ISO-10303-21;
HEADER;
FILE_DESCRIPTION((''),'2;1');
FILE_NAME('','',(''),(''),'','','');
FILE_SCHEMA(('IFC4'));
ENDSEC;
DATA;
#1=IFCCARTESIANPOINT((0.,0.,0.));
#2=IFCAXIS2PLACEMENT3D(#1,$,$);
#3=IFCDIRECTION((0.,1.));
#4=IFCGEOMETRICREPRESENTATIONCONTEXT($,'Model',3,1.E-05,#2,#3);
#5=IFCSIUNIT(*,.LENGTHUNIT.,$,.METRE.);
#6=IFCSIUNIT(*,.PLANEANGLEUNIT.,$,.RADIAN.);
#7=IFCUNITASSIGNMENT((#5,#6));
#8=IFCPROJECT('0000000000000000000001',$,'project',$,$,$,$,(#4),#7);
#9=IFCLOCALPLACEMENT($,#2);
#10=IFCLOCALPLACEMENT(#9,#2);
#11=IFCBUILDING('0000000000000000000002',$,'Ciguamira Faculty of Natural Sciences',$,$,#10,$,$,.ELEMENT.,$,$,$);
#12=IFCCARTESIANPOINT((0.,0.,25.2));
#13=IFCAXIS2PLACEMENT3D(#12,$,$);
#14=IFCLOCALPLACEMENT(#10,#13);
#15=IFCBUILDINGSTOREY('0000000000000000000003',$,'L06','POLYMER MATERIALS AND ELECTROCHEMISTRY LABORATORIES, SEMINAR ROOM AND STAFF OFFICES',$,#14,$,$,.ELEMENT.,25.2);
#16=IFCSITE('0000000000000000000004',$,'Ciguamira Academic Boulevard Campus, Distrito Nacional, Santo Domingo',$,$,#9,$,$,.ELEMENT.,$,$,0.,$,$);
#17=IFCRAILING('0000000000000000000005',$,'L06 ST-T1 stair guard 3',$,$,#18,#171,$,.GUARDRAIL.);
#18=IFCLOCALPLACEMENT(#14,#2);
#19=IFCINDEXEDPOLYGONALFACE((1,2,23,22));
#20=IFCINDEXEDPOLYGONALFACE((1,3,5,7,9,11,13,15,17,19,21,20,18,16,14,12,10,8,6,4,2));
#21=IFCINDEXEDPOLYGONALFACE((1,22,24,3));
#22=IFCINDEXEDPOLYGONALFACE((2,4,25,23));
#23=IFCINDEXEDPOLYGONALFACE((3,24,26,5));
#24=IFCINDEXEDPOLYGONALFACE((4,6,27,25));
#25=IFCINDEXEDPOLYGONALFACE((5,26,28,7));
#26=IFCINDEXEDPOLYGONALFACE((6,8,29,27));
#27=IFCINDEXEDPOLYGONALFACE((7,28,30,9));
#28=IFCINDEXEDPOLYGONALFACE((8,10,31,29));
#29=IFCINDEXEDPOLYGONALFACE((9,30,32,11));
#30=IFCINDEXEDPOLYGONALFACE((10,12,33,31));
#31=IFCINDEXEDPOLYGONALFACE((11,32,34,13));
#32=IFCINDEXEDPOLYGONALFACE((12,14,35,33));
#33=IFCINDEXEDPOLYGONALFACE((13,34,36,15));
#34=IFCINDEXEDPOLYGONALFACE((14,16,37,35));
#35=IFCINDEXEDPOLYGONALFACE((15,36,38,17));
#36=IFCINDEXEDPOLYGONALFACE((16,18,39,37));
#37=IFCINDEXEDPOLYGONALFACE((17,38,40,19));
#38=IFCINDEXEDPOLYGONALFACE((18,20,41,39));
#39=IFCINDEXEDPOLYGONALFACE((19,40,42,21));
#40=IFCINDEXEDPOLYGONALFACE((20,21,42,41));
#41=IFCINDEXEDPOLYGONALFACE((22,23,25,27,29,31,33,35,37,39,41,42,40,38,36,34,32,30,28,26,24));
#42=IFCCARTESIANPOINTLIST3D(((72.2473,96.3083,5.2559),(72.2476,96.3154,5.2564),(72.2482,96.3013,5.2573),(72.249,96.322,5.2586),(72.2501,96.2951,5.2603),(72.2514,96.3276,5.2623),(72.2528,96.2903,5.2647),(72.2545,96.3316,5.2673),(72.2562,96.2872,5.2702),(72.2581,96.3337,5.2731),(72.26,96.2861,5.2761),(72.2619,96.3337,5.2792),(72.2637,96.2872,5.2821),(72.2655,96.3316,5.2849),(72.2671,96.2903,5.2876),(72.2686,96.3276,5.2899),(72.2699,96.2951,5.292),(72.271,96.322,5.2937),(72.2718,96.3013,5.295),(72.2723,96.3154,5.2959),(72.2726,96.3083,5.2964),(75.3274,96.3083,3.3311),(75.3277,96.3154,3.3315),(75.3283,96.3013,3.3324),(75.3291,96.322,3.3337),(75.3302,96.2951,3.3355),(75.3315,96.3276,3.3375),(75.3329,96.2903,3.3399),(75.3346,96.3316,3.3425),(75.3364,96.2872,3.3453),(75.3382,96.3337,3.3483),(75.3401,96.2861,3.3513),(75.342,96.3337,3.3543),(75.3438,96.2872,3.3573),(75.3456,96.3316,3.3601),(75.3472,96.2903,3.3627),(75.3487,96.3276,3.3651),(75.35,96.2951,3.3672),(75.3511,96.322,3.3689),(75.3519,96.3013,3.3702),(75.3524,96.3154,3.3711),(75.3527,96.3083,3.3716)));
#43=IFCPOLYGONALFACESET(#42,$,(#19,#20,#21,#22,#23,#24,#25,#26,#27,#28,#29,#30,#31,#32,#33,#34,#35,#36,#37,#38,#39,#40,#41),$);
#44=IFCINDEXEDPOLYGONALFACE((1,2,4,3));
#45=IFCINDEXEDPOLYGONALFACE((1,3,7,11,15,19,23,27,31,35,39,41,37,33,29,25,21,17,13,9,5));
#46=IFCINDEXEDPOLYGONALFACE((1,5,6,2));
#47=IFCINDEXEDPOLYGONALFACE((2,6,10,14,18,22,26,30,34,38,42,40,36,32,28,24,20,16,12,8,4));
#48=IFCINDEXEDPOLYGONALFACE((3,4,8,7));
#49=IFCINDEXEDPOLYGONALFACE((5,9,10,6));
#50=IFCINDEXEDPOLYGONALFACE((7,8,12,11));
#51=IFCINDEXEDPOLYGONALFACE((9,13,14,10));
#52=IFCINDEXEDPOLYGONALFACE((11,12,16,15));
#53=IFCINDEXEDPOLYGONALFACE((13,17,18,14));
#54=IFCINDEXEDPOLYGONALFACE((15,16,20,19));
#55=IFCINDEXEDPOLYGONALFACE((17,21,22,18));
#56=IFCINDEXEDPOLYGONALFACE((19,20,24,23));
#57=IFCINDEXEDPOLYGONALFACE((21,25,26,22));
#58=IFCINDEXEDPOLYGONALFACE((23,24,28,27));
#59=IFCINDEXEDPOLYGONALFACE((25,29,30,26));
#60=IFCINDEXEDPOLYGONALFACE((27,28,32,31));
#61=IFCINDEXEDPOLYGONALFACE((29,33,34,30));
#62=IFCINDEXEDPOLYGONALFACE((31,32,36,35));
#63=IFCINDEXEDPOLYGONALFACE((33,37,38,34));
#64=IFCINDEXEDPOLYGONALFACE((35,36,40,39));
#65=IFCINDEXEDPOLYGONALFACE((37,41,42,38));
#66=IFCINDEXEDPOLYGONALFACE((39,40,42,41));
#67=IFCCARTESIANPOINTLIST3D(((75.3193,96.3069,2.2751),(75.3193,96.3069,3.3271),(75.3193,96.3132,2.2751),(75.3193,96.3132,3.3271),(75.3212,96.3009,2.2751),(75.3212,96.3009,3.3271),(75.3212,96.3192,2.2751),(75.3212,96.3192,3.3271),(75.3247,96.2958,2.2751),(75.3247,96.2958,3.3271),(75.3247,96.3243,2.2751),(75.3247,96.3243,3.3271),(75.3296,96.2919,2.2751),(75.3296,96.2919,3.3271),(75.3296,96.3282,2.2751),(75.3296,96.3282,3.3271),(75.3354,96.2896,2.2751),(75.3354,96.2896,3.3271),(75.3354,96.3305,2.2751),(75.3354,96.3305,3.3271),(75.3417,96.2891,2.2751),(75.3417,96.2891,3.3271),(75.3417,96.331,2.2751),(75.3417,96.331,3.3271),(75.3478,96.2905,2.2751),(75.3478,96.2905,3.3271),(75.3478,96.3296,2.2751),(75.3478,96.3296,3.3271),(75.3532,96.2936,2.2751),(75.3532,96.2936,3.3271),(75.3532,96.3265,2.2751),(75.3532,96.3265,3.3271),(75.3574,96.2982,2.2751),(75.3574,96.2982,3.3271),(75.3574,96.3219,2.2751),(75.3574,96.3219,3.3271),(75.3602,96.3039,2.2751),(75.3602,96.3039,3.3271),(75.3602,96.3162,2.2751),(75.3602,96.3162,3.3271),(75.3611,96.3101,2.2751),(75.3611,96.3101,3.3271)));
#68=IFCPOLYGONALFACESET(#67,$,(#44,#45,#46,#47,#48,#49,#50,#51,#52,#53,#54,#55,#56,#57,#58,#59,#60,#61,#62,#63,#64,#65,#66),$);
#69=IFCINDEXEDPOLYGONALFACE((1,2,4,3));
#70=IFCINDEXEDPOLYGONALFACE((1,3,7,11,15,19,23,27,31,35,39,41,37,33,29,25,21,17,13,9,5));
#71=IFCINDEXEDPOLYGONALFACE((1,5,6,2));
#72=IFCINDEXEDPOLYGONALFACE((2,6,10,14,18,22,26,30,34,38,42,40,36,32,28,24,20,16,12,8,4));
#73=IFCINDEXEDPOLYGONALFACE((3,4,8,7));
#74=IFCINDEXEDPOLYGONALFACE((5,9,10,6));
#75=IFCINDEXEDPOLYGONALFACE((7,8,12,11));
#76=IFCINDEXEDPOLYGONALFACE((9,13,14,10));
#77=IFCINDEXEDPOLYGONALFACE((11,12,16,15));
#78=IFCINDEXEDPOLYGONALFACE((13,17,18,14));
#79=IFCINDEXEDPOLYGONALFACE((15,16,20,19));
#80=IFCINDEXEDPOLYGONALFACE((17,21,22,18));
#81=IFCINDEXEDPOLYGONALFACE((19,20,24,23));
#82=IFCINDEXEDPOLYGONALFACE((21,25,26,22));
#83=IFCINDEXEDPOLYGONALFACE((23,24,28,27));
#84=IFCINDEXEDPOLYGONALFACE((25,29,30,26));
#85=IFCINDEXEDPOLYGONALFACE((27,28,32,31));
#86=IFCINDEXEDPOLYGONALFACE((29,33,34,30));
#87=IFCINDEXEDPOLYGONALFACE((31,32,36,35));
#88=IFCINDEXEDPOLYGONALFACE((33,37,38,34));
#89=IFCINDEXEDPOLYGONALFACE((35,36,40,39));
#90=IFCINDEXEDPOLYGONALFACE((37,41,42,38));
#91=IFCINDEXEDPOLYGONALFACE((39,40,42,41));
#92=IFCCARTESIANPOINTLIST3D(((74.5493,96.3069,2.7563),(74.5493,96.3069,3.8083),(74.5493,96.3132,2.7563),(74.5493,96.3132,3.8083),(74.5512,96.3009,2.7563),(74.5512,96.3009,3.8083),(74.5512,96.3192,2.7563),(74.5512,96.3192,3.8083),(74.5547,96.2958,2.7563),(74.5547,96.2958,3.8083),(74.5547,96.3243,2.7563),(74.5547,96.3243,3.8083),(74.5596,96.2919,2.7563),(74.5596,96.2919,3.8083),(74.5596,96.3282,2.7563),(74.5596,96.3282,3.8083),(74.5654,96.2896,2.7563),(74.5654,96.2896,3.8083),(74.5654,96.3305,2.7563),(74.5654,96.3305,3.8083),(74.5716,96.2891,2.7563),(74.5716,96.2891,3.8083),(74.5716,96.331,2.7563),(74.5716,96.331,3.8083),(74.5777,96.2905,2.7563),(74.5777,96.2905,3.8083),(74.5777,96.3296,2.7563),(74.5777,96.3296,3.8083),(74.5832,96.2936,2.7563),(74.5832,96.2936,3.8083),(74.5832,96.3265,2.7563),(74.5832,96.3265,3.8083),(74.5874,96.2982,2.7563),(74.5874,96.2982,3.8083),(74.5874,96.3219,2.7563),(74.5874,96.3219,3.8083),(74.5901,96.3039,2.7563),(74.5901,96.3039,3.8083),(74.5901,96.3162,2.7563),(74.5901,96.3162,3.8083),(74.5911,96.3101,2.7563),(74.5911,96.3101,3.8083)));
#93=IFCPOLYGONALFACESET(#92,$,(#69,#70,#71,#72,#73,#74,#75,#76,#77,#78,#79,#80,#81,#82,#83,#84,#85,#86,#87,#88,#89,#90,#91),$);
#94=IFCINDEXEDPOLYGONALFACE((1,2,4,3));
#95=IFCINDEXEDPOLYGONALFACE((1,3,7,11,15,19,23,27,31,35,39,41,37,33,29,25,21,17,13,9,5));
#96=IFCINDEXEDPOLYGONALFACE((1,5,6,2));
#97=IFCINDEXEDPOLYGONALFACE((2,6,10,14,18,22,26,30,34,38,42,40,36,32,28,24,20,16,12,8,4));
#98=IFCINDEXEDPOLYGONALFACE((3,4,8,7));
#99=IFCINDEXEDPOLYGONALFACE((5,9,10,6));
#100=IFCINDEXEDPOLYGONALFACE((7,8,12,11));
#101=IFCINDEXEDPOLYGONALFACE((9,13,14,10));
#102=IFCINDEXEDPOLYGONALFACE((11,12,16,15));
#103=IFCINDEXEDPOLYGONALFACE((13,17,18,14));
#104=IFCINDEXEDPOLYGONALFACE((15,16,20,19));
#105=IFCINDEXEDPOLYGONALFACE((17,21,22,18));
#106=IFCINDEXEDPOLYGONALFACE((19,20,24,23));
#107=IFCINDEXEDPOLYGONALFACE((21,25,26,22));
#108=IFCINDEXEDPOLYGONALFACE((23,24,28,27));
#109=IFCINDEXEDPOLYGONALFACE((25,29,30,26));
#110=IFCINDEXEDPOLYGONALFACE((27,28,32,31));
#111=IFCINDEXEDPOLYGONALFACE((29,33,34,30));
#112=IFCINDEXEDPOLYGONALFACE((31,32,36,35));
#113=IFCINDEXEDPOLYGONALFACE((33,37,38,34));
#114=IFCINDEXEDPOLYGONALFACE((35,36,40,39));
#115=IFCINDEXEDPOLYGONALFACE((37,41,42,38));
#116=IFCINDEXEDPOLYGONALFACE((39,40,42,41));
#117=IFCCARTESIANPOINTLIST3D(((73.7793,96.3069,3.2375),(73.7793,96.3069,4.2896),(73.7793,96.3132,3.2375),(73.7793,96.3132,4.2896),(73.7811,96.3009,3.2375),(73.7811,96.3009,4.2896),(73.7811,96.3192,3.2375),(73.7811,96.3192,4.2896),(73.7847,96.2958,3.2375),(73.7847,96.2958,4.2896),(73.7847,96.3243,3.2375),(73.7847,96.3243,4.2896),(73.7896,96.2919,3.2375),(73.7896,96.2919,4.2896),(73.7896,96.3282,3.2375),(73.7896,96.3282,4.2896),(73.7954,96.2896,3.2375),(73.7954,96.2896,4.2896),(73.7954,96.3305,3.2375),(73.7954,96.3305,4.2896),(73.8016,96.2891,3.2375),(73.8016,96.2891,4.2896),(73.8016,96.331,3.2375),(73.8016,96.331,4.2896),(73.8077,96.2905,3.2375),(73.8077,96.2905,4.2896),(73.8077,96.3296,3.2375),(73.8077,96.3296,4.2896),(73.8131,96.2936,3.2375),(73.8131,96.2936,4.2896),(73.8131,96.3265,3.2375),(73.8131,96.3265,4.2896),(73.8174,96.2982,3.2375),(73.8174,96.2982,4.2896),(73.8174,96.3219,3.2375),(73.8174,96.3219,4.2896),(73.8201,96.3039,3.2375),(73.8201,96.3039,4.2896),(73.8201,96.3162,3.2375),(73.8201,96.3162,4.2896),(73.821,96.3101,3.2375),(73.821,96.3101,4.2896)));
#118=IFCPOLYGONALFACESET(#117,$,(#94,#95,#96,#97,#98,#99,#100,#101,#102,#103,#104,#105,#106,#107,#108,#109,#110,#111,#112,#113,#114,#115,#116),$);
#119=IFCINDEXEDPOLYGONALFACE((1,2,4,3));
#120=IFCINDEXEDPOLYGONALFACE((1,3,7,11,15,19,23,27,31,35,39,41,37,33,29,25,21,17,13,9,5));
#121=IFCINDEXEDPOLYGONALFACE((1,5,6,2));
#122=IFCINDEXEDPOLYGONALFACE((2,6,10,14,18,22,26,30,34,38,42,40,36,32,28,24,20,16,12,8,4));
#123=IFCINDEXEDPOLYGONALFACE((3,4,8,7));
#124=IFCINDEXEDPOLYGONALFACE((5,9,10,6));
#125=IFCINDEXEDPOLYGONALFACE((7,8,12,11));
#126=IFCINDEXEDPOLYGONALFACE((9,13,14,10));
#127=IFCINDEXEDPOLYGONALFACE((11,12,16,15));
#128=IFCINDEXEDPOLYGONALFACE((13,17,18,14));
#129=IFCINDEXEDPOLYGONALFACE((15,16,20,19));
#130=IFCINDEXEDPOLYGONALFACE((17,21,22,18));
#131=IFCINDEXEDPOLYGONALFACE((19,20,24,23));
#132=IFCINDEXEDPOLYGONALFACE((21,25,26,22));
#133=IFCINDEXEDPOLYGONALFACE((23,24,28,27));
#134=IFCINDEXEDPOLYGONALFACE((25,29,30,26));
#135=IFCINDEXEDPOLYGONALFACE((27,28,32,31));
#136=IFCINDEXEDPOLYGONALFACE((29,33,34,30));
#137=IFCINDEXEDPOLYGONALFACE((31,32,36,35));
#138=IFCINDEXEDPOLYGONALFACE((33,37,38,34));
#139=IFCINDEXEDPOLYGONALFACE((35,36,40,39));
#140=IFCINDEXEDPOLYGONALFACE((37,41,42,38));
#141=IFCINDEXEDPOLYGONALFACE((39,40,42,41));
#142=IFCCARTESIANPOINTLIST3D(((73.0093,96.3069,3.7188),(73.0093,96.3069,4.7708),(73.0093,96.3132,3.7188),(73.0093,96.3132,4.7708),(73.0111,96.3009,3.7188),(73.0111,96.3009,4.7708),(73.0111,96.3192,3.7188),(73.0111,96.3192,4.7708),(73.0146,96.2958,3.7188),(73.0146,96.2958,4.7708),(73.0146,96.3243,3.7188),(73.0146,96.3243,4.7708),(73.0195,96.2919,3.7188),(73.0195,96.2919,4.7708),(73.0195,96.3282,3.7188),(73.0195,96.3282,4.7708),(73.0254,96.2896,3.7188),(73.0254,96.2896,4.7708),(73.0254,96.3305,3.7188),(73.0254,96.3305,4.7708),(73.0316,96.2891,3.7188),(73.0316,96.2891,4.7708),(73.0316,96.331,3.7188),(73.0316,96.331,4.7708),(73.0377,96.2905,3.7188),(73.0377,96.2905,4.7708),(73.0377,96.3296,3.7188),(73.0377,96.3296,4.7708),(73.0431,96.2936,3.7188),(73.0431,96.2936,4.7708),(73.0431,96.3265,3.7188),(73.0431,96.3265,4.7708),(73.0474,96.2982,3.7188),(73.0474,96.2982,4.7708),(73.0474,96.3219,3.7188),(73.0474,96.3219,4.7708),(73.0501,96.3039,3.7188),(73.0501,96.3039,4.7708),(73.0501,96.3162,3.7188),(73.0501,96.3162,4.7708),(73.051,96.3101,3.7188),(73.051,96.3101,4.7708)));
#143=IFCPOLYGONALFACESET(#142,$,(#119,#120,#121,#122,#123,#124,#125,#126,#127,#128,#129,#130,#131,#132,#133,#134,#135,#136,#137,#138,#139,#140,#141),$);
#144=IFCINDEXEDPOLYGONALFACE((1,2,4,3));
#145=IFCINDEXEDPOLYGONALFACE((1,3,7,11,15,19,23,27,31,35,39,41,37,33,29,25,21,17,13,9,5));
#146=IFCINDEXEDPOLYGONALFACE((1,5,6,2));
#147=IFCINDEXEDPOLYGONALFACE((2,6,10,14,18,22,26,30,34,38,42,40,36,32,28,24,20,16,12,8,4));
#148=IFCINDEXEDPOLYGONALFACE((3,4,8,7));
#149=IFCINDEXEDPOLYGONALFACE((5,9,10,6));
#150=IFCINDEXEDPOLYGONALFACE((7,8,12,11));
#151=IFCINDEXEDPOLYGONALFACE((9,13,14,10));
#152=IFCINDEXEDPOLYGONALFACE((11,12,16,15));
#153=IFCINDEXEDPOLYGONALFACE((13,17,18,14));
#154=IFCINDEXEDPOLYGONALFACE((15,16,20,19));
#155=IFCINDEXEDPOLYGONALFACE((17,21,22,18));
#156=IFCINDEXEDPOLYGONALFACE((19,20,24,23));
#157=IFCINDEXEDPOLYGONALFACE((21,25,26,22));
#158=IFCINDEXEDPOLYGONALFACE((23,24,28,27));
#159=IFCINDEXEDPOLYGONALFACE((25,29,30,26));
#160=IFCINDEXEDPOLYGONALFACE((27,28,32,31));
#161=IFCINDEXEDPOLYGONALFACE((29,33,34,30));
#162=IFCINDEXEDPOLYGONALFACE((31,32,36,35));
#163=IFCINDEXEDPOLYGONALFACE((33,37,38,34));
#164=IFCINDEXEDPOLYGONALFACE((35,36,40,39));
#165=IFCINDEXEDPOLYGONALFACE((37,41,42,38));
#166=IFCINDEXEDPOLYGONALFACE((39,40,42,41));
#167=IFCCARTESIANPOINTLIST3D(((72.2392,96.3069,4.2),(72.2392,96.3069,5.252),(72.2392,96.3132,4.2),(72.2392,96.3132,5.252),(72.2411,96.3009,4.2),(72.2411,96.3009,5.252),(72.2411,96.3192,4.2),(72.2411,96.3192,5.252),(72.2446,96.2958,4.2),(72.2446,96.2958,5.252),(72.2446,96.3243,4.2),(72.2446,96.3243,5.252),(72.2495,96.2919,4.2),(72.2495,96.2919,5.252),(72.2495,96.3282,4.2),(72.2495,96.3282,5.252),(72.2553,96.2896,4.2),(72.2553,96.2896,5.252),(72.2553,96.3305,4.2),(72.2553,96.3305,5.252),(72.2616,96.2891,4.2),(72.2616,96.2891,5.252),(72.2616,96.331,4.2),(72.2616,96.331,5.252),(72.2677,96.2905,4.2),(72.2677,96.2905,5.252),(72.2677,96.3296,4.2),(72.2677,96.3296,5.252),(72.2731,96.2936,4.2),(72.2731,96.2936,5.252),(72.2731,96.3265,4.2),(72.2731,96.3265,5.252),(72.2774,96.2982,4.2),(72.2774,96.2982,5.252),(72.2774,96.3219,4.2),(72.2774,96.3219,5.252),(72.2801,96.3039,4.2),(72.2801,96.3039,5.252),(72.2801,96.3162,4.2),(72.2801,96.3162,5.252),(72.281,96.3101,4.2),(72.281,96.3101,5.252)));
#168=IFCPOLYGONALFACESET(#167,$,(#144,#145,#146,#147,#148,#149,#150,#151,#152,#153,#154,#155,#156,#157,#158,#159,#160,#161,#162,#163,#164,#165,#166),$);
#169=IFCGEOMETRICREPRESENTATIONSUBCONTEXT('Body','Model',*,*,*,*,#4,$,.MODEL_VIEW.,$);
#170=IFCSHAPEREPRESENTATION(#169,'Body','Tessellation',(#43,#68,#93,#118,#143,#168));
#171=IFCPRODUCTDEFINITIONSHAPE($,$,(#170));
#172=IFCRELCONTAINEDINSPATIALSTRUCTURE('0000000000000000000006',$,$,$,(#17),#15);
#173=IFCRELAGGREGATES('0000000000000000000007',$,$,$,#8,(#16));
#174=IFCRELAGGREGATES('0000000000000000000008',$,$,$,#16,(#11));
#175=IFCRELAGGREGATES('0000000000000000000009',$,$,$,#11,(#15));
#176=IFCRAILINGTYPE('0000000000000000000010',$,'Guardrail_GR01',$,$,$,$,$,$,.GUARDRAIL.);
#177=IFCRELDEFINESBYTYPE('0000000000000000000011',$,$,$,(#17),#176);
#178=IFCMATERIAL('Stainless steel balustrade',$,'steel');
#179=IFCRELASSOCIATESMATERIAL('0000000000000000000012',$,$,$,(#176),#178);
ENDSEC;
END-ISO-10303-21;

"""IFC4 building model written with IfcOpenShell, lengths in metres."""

from ifc_helpers import new_model, si_unit, direction, frame, origin, origin_2d, place, context, subcontext, project, spatial, circle, extrude, material, type_object, element, save


model = new_model("IFC4")

# Units and contexts
model_context = context("Model", 3, precision=1e-05, world=origin(), true_north=direction((0.0, 1.0)))
body_context = subcontext(model_context, "Body", "Model", "MODEL_VIEW")
ifc_project = project(units=[si_unit("LENGTHUNIT", "METRE"), si_unit("PLANEANGLEUNIT", "RADIAN")], contexts=[model_context])

# Site, building, storey
site_placement = place(None, origin())
site = spatial("IfcSite", under=ifc_project, at=site_placement, Name="Ciguamira Academic Boulevard Campus, Distrito Nacional, Santo Domingo", CompositionType="ELEMENT", RefElevation=0.0)
building_placement = place(site_placement, origin())
building = spatial("IfcBuilding", under=site, at=building_placement, Name="Ciguamira Faculty of Natural Sciences", CompositionType="ELEMENT")
storey_placement = place(building_placement, frame((0.0, 0.0, 25.2)))
storey = spatial("IfcBuildingStorey", under=building, at=storey_placement, Name="L06", Description="POLYMER MATERIALS AND ELECTROCHEMISTRY LABORATORIES, SEMINAR ROOM AND STAFF OFFICES", CompositionType="ELEMENT", Elevation=25.2)

# Railing
ifc_material_1 = material(Name="Stainless steel balustrade", Category="steel")
railing_type_1 = type_object("IfcRailingType", Name="Guardrail_GR01", PredefinedType="GUARDRAIL", material=ifc_material_1)
railing_1_placement = place(storey_placement, frame((75.3401, 96.3101, 2.2751)))
element("IfcRailing", 1, at=railing_1_placement, inside=storey, type_object=railing_type_1, Name="L06 ST-T1 stair guard 3", PredefinedType="GUARDRAIL", context=body_context, shape_type="SweptSolid", body=[
    extrude(circle(Radius=0.0239, at=origin_2d()), frame((0.0, 0.0, 1.0762), z_axis=(-0.848029, 0.0, 0.529951), x_axis=(0.0, -1.0, 0.0)), (0.0, 0.0, 1.0), 3.6321),
    extrude(circle(Radius=0.021, at=origin_2d()), origin(), (0.0, 0.0, 1.0), 1.052),
    extrude(circle(Radius=0.021, at=origin_2d()), frame((-0.77, 0.0, 0.4812)), (0.0, 0.0, 1.0), 1.052),
    extrude(circle(Radius=0.021, at=origin_2d()), frame((-1.54, 0.0, 0.9624)), (0.0, 0.0, 1.0), 1.052),
    extrude(circle(Radius=0.021, at=origin_2d()), frame((-2.3101, 0.0, 1.4436)), (0.0, 0.0, 1.0), 1.052),
    extrude(circle(Radius=0.021, at=origin_2d()), frame((-3.0801, 0.0, 1.9248)), (0.0, 0.0, 1.0), 1.052),
])

save(model, "model.ifc")
